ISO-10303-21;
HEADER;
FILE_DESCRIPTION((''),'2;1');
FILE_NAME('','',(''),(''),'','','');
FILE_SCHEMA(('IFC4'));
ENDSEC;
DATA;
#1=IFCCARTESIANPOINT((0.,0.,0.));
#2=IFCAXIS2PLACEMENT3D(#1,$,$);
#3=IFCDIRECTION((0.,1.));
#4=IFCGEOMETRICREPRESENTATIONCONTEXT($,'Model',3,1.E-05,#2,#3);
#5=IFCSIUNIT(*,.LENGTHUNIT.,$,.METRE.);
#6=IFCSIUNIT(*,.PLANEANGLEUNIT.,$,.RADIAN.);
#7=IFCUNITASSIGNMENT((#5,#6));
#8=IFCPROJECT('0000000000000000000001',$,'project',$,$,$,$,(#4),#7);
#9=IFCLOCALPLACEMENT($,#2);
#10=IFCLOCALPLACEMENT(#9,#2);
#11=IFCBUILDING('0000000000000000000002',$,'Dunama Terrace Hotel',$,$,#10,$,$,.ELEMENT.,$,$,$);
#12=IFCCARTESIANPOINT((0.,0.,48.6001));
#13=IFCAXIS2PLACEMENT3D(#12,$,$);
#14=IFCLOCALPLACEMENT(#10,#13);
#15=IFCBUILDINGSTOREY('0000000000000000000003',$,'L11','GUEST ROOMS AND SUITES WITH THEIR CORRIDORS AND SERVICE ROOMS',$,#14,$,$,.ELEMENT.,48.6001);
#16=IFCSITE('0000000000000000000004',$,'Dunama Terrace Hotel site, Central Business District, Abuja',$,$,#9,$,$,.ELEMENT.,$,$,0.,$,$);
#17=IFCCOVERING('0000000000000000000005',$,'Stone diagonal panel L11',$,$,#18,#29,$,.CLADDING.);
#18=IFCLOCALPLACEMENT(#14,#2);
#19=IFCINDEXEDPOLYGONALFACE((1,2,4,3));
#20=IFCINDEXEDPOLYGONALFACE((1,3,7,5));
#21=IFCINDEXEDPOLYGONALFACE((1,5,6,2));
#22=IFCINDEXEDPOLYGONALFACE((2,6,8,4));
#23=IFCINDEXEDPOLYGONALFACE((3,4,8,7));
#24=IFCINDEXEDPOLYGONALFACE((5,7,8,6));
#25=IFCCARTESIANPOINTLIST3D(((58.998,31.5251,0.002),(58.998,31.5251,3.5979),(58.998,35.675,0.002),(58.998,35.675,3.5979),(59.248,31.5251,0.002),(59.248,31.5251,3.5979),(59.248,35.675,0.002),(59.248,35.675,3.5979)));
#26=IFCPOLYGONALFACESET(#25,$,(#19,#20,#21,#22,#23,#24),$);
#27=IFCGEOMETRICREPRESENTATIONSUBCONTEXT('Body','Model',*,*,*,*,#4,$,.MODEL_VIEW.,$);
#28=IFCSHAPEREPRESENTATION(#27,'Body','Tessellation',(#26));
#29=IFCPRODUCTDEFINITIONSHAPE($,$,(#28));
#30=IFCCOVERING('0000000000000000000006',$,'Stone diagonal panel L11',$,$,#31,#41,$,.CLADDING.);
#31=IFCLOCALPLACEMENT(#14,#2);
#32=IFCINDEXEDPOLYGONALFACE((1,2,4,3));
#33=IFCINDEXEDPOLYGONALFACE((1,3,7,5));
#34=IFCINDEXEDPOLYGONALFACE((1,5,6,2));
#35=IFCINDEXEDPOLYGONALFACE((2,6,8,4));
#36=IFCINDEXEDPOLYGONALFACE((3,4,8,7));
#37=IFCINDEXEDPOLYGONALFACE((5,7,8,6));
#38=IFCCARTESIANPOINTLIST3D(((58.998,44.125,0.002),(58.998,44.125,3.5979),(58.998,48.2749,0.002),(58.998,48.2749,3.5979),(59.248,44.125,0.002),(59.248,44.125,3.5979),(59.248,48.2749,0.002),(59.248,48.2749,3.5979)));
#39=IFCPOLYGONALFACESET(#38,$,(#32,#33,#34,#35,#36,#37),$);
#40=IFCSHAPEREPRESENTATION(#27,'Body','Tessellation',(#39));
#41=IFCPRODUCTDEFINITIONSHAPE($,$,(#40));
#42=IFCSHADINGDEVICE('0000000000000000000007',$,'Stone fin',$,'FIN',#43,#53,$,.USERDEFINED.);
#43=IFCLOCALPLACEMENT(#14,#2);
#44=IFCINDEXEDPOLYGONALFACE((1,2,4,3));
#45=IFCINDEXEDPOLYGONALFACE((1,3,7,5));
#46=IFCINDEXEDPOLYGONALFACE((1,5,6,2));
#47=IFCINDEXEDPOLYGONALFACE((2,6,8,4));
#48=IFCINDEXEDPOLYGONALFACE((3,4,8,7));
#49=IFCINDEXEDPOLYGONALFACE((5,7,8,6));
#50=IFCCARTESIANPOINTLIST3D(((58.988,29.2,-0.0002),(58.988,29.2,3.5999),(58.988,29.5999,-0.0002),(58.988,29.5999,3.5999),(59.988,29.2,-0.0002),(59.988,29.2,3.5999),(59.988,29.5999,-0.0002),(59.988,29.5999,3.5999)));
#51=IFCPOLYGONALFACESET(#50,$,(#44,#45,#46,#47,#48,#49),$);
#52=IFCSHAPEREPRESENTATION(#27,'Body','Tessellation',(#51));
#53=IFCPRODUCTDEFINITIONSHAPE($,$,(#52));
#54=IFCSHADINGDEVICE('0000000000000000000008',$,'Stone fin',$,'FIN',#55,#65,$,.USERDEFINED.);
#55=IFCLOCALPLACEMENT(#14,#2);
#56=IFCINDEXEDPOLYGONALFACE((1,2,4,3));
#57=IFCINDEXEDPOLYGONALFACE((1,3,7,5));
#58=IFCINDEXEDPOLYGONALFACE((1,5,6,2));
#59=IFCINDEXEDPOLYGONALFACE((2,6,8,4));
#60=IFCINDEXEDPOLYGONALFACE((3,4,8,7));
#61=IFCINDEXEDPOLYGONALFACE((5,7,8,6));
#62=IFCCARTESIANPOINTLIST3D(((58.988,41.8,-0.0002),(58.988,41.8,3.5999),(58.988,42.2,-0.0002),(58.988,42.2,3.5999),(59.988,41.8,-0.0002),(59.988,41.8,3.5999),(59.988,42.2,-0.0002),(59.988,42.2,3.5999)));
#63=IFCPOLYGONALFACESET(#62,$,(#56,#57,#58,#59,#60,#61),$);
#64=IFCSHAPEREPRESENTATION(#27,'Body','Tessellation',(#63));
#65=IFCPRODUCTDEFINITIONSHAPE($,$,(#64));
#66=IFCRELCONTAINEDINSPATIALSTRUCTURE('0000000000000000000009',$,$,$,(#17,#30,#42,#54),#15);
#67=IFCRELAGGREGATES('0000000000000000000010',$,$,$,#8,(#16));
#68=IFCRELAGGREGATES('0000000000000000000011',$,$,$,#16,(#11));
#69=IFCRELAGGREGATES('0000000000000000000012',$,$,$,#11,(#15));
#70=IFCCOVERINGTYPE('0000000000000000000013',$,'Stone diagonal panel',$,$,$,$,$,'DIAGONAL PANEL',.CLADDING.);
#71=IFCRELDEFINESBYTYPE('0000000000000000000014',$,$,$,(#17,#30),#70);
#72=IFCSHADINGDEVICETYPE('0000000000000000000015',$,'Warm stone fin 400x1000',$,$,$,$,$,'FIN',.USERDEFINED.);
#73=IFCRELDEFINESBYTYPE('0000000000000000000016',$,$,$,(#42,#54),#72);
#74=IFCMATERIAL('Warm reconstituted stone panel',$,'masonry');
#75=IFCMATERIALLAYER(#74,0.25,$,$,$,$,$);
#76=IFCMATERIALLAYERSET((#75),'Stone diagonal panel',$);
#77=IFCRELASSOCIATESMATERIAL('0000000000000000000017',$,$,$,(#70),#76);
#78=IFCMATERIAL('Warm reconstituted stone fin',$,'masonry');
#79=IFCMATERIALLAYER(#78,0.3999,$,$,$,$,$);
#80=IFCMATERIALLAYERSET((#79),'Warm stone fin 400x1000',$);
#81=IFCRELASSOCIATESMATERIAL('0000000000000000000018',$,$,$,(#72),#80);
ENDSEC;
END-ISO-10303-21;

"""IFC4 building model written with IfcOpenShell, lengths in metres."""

from ifc_helpers import new_model, si_unit, direction, frame, origin, origin_2d, place, context, subcontext, project, spatial, rectangle, extrude, material, layer, layer_set, type_object, element, save


model = new_model("IFC4")

# Units and contexts
model_context = context("Model", 3, precision=1e-05, world=origin(), true_north=direction((0.0, 1.0)))
body_context = subcontext(model_context, "Body", "Model", "MODEL_VIEW")
ifc_project = project(units=[si_unit("LENGTHUNIT", "METRE"), si_unit("PLANEANGLEUNIT", "RADIAN")], contexts=[model_context])

# Site, building, storey
site_placement = place(None, origin())
site = spatial("IfcSite", under=ifc_project, at=site_placement, Name="Dunama Terrace Hotel site, Central Business District, Abuja", CompositionType="ELEMENT", RefElevation=0.0)
building_placement = place(site_placement, origin())
building = spatial("IfcBuilding", under=site, at=building_placement, Name="Dunama Terrace Hotel", CompositionType="ELEMENT")
storey_placement = place(building_placement, frame((0.0, 0.0, 48.6001)))
storey = spatial("IfcBuildingStorey", under=building, at=storey_placement, Name="L11", Description="GUEST ROOMS AND SUITES WITH THEIR CORRIDORS AND SERVICE ROOMS", CompositionType="ELEMENT", Elevation=48.6001)

# Coverings
ifc_material_1 = material(Name="Warm reconstituted stone panel", Category="masonry")
ifc_layer_1 = layer(ifc_material_1, 0.25)
ifc_layer_set_1 = layer_set([ifc_layer_1], Name="Stone diagonal panel")
covering_type = type_object("IfcCoveringType", Name="Stone diagonal panel", ElementType="DIAGONAL PANEL", PredefinedType="CLADDING", material=ifc_layer_set_1)
for number, where, z_axis, x_axis, name in (
    (1, (59.123, 33.6001, 0.002), (0.0, 0.0, 1.0), (0.0, 1.0, 0.0), "Stone diagonal panel L11"),
    (2, (59.123, 46.2, 0.002), (0.0, 0.0, 1.0), (0.0, 1.0, 0.0), "Stone diagonal panel L11"),
):
    element("IfcCovering", number, at=place(storey_placement, frame(where, z_axis=z_axis, x_axis=x_axis)), inside=storey, type_object=covering_type, Name=name, PredefinedType="CLADDING", context=body_context, shape_type="SweptSolid", body=[
        extrude(rectangle(XDim=4.1499, YDim=0.25, at=origin_2d()), origin(), (0.0, 0.0, 1.0), 3.5959),
    ])

# Shading devices
ifc_material_2 = material(Name="Warm reconstituted stone fin", Category="masonry")
ifc_layer_2 = layer(ifc_material_2, 0.3999)
ifc_layer_set_2 = layer_set([ifc_layer_2], Name="Warm stone fin 400x1000")
shading_device_type = type_object("IfcShadingDeviceType", Name="Warm stone fin 400x1000", ElementType="FIN", PredefinedType="USERDEFINED", material=ifc_layer_set_2)
for number, where, z_axis, x_axis, name in (
    (3, (59.488, 29.3999, -0.0002), (0.0, 0.0, 1.0), (0.0, 1.0, 0.0), "Stone fin"),
    (4, (59.488, 42.0, -0.0002), (0.0, 0.0, 1.0), (0.0, 1.0, 0.0), "Stone fin"),
):
    element("IfcShadingDevice", number, at=place(storey_placement, frame(where, z_axis=z_axis, x_axis=x_axis)), inside=storey, type_object=shading_device_type, Name=name, ObjectType="FIN", PredefinedType="USERDEFINED", context=body_context, shape_type="SweptSolid", body=[
        extrude(rectangle(XDim=0.3999, YDim=1.0, at=origin_2d()), origin(), (0.0, 0.0, 1.0), 3.6001),
    ])

save(model, "model.ifc")
